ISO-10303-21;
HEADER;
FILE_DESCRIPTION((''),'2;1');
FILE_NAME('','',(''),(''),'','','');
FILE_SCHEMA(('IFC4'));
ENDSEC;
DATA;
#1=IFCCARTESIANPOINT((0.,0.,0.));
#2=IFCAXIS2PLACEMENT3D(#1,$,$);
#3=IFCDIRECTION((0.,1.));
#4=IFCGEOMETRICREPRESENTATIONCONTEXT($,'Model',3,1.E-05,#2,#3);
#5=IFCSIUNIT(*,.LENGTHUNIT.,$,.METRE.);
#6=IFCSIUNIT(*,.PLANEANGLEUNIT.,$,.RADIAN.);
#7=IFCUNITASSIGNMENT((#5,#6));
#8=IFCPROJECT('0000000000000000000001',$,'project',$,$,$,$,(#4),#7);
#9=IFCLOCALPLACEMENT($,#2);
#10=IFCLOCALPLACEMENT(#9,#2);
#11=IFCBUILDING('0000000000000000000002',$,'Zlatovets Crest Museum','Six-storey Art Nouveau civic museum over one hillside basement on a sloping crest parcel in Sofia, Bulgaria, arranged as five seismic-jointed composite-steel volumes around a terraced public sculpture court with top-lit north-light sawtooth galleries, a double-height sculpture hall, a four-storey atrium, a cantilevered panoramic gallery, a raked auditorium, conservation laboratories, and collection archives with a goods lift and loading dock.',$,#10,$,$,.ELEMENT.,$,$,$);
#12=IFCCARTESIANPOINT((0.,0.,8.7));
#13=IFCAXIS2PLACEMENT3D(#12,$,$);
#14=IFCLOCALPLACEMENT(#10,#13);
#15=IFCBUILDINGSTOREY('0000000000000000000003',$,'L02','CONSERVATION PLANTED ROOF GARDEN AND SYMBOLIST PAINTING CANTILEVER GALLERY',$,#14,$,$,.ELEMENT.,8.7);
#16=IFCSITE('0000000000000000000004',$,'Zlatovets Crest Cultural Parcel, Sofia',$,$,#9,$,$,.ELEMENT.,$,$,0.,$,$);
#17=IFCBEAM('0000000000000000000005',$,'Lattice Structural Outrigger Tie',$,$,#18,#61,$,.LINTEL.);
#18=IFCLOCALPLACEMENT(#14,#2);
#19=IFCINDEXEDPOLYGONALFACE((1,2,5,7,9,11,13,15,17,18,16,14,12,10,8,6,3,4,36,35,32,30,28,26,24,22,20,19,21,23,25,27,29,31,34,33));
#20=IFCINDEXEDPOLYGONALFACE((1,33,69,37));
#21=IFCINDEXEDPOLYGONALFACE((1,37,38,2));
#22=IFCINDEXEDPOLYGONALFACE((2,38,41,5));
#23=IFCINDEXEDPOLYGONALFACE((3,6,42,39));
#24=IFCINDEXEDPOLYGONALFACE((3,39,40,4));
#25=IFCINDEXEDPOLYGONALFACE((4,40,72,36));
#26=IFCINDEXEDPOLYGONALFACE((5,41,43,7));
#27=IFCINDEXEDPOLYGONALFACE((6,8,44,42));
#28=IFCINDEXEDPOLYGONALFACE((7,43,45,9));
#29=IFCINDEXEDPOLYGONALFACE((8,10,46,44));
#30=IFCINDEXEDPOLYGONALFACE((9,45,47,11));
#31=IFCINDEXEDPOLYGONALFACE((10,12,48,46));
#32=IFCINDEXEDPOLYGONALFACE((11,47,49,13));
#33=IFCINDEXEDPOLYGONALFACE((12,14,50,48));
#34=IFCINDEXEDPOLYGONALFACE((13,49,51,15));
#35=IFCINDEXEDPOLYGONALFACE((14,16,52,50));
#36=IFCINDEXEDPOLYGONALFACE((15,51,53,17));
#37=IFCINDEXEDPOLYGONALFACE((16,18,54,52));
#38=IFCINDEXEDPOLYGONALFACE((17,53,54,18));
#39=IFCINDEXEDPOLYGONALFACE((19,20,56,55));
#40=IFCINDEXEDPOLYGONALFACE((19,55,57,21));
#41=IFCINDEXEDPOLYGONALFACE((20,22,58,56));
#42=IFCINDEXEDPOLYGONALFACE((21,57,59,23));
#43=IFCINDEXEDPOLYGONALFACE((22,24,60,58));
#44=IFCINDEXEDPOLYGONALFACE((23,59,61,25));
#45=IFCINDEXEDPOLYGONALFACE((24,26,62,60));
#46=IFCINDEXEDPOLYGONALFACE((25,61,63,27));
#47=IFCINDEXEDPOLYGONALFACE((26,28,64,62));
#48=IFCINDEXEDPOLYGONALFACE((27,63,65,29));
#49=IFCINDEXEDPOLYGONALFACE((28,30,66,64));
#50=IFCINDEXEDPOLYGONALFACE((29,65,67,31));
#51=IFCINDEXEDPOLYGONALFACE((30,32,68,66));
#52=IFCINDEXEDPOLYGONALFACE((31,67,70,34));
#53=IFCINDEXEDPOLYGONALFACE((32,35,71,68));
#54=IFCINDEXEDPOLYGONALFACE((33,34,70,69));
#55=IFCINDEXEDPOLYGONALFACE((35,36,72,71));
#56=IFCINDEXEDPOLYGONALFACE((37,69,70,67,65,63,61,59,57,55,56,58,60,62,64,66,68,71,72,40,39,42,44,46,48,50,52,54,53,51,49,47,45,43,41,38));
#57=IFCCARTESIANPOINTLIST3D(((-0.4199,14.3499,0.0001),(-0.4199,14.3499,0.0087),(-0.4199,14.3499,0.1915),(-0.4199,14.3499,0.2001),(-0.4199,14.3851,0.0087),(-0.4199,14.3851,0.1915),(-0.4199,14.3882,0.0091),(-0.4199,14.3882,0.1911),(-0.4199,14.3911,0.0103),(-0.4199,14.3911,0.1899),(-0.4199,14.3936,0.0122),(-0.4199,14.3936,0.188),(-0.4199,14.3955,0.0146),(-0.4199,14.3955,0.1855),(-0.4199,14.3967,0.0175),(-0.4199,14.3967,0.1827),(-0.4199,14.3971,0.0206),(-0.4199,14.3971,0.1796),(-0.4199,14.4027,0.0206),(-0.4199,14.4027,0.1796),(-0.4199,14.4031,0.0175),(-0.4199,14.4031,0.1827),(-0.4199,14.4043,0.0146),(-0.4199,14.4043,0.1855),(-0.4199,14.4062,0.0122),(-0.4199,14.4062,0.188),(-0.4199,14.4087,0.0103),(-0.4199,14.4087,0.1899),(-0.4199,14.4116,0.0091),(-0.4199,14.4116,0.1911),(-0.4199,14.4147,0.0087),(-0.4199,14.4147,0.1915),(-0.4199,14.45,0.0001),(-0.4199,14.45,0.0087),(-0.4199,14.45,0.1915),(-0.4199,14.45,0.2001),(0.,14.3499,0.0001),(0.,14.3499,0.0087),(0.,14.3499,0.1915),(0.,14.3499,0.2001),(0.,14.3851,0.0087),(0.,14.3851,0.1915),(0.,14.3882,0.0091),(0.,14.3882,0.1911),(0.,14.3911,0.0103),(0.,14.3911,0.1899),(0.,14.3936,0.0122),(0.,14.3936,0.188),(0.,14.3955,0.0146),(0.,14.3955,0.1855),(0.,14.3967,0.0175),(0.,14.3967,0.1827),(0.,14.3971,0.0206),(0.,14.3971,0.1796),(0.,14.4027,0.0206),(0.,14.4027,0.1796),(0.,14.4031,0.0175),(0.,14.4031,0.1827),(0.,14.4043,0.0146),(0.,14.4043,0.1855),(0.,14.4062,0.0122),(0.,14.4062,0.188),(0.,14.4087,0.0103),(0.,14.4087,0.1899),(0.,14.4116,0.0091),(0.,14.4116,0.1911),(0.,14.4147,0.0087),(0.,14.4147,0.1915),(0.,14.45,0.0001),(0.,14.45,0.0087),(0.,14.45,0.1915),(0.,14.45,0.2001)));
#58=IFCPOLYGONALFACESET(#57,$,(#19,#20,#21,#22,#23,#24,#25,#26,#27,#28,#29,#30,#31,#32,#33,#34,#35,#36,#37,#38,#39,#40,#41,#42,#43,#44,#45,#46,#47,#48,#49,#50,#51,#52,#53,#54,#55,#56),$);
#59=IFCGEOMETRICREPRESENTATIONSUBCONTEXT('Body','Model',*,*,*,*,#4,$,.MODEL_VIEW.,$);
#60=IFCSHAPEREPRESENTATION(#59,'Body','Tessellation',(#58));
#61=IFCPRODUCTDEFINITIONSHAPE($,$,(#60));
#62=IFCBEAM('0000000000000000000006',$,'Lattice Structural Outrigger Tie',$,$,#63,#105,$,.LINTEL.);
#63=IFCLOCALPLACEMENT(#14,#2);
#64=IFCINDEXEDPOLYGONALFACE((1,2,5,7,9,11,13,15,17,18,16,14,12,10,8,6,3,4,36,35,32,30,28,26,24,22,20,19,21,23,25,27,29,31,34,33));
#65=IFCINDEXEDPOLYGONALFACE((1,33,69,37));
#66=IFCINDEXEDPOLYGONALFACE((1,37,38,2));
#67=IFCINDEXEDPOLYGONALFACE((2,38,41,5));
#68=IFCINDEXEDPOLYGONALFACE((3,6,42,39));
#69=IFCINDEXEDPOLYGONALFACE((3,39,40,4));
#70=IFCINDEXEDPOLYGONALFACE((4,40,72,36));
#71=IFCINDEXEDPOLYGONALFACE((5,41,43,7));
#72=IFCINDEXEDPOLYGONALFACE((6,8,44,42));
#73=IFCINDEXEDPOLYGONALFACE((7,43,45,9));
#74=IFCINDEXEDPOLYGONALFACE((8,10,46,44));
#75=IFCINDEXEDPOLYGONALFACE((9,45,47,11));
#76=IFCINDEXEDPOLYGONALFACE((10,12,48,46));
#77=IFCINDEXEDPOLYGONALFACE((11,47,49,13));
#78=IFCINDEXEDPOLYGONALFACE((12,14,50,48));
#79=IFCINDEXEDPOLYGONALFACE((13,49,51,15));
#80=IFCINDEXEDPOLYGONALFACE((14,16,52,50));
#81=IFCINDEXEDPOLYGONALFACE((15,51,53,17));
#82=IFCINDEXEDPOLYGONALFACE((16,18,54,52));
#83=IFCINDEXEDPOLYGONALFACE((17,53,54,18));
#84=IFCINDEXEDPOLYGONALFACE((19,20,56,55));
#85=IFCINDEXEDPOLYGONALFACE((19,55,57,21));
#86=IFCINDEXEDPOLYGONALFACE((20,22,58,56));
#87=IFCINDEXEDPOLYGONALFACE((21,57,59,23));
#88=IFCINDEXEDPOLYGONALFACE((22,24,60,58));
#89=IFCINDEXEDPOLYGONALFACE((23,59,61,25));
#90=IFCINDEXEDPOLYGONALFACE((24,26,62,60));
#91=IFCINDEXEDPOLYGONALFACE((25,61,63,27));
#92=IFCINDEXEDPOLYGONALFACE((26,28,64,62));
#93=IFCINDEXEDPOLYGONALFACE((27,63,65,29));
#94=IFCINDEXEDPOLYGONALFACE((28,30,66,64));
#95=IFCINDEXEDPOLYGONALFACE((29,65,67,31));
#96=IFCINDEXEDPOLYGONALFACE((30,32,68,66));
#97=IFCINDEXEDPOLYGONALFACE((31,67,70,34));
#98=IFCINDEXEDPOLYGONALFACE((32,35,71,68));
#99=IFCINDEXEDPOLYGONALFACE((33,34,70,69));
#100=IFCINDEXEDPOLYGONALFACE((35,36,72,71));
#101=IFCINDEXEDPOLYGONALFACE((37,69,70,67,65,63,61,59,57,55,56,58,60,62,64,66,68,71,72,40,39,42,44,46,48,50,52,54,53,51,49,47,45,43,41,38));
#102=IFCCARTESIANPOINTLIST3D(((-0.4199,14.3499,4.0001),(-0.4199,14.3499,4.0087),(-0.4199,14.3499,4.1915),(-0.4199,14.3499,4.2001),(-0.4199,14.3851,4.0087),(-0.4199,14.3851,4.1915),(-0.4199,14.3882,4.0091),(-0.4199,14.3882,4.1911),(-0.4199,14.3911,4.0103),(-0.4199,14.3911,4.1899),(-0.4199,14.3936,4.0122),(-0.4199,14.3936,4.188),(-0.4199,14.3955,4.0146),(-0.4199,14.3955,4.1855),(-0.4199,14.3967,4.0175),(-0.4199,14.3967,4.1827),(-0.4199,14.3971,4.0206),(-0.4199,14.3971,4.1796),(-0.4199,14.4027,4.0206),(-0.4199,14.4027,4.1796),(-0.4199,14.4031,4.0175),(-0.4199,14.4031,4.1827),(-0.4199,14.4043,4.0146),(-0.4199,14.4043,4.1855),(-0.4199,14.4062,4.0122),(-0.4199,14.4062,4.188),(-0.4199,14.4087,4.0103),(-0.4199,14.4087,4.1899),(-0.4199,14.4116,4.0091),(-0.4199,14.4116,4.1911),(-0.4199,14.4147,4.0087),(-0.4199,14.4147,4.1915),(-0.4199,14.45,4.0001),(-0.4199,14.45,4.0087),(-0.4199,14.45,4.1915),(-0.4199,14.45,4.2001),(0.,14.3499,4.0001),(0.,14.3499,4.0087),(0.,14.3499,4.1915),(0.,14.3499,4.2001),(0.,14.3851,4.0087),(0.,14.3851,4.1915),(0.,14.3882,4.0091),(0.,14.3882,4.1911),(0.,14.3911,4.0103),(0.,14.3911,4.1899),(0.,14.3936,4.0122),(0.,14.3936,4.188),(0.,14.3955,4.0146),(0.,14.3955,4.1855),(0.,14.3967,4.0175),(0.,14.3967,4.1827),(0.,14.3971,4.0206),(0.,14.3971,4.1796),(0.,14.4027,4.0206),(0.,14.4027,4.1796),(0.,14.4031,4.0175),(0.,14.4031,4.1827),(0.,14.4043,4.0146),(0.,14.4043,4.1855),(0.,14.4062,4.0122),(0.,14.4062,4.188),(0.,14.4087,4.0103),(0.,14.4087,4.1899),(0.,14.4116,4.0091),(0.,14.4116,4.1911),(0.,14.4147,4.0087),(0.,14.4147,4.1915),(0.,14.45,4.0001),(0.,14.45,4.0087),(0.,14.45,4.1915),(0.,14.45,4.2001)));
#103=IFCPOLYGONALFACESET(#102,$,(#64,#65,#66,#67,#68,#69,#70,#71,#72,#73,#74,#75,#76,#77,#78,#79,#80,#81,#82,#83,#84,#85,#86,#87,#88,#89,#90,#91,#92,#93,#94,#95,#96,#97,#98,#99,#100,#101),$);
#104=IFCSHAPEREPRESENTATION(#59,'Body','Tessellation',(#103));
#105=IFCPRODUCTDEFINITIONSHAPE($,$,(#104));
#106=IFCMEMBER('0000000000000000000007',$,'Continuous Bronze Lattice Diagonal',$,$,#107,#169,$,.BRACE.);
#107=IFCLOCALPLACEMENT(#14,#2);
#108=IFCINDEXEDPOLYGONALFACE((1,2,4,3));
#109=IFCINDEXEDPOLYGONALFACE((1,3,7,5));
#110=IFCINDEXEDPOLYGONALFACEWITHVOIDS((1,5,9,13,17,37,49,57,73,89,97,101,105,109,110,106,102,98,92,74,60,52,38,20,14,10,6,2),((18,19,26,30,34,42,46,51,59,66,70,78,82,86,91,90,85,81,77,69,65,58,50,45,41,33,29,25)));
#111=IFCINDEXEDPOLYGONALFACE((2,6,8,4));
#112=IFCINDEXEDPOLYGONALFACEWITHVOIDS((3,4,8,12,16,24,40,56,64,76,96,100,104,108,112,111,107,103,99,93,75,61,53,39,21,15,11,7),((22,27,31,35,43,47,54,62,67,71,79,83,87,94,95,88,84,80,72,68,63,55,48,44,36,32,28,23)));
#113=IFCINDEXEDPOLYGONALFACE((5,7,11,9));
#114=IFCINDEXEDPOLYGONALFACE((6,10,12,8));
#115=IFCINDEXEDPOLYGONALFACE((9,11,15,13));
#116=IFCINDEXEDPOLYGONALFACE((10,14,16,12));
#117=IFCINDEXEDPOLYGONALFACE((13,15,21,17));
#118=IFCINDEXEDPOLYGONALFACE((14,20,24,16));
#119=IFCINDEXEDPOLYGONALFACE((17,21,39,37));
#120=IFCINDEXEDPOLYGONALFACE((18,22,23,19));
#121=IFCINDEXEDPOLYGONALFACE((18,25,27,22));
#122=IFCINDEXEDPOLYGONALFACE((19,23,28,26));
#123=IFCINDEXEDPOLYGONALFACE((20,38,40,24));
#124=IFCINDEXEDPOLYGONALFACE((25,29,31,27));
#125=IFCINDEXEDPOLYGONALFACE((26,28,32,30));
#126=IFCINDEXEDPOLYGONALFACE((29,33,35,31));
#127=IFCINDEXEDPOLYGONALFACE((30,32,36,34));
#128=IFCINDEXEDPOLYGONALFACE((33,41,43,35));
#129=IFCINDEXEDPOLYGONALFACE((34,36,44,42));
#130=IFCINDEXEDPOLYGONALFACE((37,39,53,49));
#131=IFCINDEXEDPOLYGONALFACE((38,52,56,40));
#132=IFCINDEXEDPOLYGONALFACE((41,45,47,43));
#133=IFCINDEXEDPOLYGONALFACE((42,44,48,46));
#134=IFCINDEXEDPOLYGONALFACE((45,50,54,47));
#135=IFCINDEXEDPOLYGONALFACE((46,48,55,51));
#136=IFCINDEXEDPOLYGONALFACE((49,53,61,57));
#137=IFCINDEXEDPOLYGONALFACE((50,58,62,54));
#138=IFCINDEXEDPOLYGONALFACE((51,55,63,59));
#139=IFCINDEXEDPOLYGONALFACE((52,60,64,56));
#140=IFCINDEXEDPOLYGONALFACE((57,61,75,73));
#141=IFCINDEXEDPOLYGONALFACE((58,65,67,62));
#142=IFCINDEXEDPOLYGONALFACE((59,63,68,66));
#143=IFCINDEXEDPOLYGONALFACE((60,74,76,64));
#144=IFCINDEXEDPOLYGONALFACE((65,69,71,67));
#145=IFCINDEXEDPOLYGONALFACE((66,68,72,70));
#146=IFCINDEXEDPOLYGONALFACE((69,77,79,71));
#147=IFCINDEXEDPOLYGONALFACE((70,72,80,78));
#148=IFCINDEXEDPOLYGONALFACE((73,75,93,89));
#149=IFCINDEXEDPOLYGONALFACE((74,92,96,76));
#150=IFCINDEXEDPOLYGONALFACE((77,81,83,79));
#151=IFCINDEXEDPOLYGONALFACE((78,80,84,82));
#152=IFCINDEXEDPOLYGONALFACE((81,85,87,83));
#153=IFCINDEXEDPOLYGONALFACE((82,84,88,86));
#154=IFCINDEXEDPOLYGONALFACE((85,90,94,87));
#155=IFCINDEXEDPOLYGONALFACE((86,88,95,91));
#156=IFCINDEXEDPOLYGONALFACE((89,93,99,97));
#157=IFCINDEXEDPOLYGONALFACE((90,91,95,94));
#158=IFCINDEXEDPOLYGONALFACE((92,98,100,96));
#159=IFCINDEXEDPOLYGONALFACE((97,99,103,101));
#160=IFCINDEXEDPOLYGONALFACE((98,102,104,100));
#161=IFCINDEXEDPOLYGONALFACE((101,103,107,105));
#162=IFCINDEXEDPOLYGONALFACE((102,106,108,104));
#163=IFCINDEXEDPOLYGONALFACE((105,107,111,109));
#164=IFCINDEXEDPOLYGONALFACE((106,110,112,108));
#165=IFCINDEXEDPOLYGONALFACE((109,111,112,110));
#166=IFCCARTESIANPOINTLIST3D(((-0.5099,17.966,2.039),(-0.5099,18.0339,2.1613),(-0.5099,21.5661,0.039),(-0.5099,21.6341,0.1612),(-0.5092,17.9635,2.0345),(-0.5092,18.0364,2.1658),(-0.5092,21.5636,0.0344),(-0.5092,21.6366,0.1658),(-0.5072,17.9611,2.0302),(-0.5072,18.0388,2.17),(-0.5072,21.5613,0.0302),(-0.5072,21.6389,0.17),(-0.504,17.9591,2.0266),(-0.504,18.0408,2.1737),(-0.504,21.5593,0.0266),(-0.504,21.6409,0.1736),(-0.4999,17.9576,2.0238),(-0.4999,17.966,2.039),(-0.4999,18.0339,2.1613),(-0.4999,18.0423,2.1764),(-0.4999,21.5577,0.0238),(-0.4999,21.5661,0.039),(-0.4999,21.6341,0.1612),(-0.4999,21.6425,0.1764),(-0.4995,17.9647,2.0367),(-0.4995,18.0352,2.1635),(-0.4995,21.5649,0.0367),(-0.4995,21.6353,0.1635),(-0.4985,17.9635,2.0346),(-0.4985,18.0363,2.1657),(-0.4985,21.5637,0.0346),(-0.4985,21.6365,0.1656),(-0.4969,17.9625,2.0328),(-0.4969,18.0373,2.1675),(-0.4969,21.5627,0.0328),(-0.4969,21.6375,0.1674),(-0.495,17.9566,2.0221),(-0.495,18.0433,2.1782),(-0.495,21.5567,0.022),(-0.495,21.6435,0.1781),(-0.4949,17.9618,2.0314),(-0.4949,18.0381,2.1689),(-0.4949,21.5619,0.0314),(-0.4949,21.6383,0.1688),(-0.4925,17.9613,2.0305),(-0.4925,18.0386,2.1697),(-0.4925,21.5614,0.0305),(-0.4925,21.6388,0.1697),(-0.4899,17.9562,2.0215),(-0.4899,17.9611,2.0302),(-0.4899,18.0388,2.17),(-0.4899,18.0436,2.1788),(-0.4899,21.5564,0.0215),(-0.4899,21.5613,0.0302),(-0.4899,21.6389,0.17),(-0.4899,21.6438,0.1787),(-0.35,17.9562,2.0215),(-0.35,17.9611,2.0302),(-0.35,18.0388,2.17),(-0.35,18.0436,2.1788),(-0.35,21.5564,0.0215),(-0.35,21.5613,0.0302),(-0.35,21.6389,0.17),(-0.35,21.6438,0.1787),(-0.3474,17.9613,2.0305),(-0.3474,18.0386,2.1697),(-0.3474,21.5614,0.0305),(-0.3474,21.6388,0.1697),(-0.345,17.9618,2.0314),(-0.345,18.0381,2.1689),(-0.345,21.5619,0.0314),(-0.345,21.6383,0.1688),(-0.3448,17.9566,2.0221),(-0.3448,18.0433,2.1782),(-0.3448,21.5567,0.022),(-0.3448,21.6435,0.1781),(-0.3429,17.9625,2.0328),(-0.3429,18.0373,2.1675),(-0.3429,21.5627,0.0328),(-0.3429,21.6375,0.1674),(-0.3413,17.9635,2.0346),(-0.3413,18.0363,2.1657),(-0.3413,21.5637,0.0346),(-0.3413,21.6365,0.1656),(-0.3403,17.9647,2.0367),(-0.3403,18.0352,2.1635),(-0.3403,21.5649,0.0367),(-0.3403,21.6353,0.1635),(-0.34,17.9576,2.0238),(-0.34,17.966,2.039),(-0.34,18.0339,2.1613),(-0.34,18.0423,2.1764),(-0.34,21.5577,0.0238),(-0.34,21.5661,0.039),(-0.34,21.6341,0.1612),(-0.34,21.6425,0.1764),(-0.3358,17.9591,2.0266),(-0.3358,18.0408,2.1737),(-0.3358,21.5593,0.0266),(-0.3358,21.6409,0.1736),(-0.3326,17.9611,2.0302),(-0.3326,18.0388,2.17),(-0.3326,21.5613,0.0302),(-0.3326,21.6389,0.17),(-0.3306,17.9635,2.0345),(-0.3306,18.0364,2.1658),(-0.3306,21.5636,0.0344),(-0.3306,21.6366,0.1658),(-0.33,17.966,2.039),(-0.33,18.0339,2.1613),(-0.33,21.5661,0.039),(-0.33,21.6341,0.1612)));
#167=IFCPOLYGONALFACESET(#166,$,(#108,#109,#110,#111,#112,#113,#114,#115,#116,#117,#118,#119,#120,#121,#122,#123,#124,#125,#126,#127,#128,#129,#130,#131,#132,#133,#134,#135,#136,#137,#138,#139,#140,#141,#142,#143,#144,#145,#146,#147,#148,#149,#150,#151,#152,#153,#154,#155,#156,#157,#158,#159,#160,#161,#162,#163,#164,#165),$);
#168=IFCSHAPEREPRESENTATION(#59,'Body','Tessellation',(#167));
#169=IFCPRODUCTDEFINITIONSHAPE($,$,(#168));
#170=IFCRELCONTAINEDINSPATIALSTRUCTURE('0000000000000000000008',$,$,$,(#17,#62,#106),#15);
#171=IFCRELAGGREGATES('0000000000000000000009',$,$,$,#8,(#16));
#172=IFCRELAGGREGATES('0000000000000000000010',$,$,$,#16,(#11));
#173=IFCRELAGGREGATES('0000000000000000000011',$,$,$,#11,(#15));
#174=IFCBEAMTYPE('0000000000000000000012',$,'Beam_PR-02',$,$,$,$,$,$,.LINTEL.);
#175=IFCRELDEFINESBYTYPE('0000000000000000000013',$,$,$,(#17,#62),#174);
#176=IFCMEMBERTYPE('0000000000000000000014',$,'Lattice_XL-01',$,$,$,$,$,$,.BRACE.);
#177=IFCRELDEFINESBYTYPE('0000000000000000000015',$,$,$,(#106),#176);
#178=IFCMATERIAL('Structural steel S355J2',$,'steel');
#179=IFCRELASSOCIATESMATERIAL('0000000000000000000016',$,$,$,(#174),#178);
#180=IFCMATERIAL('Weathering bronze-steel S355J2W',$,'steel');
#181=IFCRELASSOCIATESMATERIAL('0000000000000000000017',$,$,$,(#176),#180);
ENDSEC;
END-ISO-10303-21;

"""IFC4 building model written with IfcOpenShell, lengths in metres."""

from ifc_helpers import new_model, si_unit, direction, frame, origin, origin_2d, place, context, subcontext, project, spatial, hollow_rectangle, i_section, extrude, material, material_profile, profile_set, type_object, element, save


model = new_model("IFC4")

# Units and contexts
model_context = context("Model", 3, precision=1e-05, world=origin(), true_north=direction((0.0, 1.0)))
body_context = subcontext(model_context, "Body", "Model", "MODEL_VIEW")
ifc_project = project(units=[si_unit("LENGTHUNIT", "METRE"), si_unit("PLANEANGLEUNIT", "RADIAN")], contexts=[model_context])

# Site, building, storey
site_placement = place(None, origin())
site = spatial("IfcSite", under=ifc_project, at=site_placement, Name="Zlatovets Crest Cultural Parcel, Sofia", CompositionType="ELEMENT", RefElevation=0.0)
building_placement = place(site_placement, origin())
building = spatial("IfcBuilding", under=site, at=building_placement, Name="Zlatovets Crest Museum", Description="Six-storey Art Nouveau civic museum over one hillside basement on a sloping crest parcel in Sofia, Bulgaria, arranged as five seismic-jointed composite-steel volumes around a terraced public sculpture court with top-lit north-light sawtooth galleries, a double-height sculpture hall, a four-storey atrium, a cantilevered panoramic gallery, a raked auditorium, conservation laboratories, and collection archives with a goods lift and loading dock.", CompositionType="ELEMENT")
storey_placement = place(building_placement, frame((0.0, 0.0, 8.7)))
storey = spatial("IfcBuildingStorey", under=building, at=storey_placement, Name="L02", Description="CONSERVATION PLANTED ROOF GARDEN AND SYMBOLIST PAINTING CANTILEVER GALLERY", CompositionType="ELEMENT", Elevation=8.7)

# Shared definitions
ifc_material_1 = material(Name="Structural steel S355J2", Category="steel")

# Beams
ifc_material_profile_1 = material_profile(ifc_material_1, i_section(OverallWidth=0.1001, OverallDepth=0.2, WebThickness=0.0056, FlangeThickness=0.0085, FilletRadius=0.012, at=origin_2d()), Name="IPE 200")
ifc_profile_set_1 = profile_set([ifc_material_profile_1], Name="Structural steel S355J2")
beam_type_1 = type_object("IfcBeamType", Name="Beam_PR-02", PredefinedType="LINTEL", material=ifc_profile_set_1)
for number, where, z_axis, x_axis, name in (
    (1, (0.0, 14.3999, 0.1001), (-1.0, 0.0, 0.0), (0.0, -1.0, 0.0), "Lattice Structural Outrigger Tie"),
    (2, (0.0, 14.3999, 4.1001), (-1.0, 0.0, 0.0), (0.0, -1.0, 0.0), "Lattice Structural Outrigger Tie"),
):
    element("IfcBeam", number, at=place(storey_placement, frame(where, z_axis=z_axis, x_axis=x_axis)), inside=storey, type_object=beam_type_1, Name=name, PredefinedType="LINTEL", context=body_context, shape_type="SweptSolid", body=[
        extrude(i_section(OverallWidth=0.1001, OverallDepth=0.2, WebThickness=0.0056, FlangeThickness=0.0085, FilletRadius=0.012, at=origin_2d()), origin(), (0.0, 0.0, 1.0), 0.4199),
    ])

# Member
ifc_material_2 = material(Name="Weathering bronze-steel S355J2W", Category="steel")
ifc_material_profile_2 = material_profile(ifc_material_2, hollow_rectangle(XDim=0.1799, YDim=0.1799, WallThickness=0.01, InnerFilletRadius=0.01, OuterFilletRadius=0.02, at=origin_2d()), Name="SHS 180x180x10.0")
ifc_profile_set_2 = profile_set([ifc_material_profile_2], Name="Weathering bronze-steel S355J2W")
member_type_1 = type_object("IfcMemberType", Name="Lattice_XL-01", PredefinedType="BRACE", material=ifc_profile_set_2)
member_1_placement = place(storey_placement, frame((-0.4199, 21.6001, 0.1001), z_axis=(0.0, -0.874163, 0.485633), x_axis=(1.0, 0.0, 0.0)))
element("IfcMember", 3, at=member_1_placement, inside=storey, type_object=member_type_1, Name="Continuous Bronze Lattice Diagonal", PredefinedType="BRACE", context=body_context, shape_type="SweptSolid", body=[
    extrude(hollow_rectangle(XDim=0.1799, YDim=0.1799, WallThickness=0.01, InnerFilletRadius=0.01, OuterFilletRadius=0.02, at=origin_2d()), origin(), (0.0, 0.0, 1.0), 4.1184),
])

save(model, "model.ifc")
